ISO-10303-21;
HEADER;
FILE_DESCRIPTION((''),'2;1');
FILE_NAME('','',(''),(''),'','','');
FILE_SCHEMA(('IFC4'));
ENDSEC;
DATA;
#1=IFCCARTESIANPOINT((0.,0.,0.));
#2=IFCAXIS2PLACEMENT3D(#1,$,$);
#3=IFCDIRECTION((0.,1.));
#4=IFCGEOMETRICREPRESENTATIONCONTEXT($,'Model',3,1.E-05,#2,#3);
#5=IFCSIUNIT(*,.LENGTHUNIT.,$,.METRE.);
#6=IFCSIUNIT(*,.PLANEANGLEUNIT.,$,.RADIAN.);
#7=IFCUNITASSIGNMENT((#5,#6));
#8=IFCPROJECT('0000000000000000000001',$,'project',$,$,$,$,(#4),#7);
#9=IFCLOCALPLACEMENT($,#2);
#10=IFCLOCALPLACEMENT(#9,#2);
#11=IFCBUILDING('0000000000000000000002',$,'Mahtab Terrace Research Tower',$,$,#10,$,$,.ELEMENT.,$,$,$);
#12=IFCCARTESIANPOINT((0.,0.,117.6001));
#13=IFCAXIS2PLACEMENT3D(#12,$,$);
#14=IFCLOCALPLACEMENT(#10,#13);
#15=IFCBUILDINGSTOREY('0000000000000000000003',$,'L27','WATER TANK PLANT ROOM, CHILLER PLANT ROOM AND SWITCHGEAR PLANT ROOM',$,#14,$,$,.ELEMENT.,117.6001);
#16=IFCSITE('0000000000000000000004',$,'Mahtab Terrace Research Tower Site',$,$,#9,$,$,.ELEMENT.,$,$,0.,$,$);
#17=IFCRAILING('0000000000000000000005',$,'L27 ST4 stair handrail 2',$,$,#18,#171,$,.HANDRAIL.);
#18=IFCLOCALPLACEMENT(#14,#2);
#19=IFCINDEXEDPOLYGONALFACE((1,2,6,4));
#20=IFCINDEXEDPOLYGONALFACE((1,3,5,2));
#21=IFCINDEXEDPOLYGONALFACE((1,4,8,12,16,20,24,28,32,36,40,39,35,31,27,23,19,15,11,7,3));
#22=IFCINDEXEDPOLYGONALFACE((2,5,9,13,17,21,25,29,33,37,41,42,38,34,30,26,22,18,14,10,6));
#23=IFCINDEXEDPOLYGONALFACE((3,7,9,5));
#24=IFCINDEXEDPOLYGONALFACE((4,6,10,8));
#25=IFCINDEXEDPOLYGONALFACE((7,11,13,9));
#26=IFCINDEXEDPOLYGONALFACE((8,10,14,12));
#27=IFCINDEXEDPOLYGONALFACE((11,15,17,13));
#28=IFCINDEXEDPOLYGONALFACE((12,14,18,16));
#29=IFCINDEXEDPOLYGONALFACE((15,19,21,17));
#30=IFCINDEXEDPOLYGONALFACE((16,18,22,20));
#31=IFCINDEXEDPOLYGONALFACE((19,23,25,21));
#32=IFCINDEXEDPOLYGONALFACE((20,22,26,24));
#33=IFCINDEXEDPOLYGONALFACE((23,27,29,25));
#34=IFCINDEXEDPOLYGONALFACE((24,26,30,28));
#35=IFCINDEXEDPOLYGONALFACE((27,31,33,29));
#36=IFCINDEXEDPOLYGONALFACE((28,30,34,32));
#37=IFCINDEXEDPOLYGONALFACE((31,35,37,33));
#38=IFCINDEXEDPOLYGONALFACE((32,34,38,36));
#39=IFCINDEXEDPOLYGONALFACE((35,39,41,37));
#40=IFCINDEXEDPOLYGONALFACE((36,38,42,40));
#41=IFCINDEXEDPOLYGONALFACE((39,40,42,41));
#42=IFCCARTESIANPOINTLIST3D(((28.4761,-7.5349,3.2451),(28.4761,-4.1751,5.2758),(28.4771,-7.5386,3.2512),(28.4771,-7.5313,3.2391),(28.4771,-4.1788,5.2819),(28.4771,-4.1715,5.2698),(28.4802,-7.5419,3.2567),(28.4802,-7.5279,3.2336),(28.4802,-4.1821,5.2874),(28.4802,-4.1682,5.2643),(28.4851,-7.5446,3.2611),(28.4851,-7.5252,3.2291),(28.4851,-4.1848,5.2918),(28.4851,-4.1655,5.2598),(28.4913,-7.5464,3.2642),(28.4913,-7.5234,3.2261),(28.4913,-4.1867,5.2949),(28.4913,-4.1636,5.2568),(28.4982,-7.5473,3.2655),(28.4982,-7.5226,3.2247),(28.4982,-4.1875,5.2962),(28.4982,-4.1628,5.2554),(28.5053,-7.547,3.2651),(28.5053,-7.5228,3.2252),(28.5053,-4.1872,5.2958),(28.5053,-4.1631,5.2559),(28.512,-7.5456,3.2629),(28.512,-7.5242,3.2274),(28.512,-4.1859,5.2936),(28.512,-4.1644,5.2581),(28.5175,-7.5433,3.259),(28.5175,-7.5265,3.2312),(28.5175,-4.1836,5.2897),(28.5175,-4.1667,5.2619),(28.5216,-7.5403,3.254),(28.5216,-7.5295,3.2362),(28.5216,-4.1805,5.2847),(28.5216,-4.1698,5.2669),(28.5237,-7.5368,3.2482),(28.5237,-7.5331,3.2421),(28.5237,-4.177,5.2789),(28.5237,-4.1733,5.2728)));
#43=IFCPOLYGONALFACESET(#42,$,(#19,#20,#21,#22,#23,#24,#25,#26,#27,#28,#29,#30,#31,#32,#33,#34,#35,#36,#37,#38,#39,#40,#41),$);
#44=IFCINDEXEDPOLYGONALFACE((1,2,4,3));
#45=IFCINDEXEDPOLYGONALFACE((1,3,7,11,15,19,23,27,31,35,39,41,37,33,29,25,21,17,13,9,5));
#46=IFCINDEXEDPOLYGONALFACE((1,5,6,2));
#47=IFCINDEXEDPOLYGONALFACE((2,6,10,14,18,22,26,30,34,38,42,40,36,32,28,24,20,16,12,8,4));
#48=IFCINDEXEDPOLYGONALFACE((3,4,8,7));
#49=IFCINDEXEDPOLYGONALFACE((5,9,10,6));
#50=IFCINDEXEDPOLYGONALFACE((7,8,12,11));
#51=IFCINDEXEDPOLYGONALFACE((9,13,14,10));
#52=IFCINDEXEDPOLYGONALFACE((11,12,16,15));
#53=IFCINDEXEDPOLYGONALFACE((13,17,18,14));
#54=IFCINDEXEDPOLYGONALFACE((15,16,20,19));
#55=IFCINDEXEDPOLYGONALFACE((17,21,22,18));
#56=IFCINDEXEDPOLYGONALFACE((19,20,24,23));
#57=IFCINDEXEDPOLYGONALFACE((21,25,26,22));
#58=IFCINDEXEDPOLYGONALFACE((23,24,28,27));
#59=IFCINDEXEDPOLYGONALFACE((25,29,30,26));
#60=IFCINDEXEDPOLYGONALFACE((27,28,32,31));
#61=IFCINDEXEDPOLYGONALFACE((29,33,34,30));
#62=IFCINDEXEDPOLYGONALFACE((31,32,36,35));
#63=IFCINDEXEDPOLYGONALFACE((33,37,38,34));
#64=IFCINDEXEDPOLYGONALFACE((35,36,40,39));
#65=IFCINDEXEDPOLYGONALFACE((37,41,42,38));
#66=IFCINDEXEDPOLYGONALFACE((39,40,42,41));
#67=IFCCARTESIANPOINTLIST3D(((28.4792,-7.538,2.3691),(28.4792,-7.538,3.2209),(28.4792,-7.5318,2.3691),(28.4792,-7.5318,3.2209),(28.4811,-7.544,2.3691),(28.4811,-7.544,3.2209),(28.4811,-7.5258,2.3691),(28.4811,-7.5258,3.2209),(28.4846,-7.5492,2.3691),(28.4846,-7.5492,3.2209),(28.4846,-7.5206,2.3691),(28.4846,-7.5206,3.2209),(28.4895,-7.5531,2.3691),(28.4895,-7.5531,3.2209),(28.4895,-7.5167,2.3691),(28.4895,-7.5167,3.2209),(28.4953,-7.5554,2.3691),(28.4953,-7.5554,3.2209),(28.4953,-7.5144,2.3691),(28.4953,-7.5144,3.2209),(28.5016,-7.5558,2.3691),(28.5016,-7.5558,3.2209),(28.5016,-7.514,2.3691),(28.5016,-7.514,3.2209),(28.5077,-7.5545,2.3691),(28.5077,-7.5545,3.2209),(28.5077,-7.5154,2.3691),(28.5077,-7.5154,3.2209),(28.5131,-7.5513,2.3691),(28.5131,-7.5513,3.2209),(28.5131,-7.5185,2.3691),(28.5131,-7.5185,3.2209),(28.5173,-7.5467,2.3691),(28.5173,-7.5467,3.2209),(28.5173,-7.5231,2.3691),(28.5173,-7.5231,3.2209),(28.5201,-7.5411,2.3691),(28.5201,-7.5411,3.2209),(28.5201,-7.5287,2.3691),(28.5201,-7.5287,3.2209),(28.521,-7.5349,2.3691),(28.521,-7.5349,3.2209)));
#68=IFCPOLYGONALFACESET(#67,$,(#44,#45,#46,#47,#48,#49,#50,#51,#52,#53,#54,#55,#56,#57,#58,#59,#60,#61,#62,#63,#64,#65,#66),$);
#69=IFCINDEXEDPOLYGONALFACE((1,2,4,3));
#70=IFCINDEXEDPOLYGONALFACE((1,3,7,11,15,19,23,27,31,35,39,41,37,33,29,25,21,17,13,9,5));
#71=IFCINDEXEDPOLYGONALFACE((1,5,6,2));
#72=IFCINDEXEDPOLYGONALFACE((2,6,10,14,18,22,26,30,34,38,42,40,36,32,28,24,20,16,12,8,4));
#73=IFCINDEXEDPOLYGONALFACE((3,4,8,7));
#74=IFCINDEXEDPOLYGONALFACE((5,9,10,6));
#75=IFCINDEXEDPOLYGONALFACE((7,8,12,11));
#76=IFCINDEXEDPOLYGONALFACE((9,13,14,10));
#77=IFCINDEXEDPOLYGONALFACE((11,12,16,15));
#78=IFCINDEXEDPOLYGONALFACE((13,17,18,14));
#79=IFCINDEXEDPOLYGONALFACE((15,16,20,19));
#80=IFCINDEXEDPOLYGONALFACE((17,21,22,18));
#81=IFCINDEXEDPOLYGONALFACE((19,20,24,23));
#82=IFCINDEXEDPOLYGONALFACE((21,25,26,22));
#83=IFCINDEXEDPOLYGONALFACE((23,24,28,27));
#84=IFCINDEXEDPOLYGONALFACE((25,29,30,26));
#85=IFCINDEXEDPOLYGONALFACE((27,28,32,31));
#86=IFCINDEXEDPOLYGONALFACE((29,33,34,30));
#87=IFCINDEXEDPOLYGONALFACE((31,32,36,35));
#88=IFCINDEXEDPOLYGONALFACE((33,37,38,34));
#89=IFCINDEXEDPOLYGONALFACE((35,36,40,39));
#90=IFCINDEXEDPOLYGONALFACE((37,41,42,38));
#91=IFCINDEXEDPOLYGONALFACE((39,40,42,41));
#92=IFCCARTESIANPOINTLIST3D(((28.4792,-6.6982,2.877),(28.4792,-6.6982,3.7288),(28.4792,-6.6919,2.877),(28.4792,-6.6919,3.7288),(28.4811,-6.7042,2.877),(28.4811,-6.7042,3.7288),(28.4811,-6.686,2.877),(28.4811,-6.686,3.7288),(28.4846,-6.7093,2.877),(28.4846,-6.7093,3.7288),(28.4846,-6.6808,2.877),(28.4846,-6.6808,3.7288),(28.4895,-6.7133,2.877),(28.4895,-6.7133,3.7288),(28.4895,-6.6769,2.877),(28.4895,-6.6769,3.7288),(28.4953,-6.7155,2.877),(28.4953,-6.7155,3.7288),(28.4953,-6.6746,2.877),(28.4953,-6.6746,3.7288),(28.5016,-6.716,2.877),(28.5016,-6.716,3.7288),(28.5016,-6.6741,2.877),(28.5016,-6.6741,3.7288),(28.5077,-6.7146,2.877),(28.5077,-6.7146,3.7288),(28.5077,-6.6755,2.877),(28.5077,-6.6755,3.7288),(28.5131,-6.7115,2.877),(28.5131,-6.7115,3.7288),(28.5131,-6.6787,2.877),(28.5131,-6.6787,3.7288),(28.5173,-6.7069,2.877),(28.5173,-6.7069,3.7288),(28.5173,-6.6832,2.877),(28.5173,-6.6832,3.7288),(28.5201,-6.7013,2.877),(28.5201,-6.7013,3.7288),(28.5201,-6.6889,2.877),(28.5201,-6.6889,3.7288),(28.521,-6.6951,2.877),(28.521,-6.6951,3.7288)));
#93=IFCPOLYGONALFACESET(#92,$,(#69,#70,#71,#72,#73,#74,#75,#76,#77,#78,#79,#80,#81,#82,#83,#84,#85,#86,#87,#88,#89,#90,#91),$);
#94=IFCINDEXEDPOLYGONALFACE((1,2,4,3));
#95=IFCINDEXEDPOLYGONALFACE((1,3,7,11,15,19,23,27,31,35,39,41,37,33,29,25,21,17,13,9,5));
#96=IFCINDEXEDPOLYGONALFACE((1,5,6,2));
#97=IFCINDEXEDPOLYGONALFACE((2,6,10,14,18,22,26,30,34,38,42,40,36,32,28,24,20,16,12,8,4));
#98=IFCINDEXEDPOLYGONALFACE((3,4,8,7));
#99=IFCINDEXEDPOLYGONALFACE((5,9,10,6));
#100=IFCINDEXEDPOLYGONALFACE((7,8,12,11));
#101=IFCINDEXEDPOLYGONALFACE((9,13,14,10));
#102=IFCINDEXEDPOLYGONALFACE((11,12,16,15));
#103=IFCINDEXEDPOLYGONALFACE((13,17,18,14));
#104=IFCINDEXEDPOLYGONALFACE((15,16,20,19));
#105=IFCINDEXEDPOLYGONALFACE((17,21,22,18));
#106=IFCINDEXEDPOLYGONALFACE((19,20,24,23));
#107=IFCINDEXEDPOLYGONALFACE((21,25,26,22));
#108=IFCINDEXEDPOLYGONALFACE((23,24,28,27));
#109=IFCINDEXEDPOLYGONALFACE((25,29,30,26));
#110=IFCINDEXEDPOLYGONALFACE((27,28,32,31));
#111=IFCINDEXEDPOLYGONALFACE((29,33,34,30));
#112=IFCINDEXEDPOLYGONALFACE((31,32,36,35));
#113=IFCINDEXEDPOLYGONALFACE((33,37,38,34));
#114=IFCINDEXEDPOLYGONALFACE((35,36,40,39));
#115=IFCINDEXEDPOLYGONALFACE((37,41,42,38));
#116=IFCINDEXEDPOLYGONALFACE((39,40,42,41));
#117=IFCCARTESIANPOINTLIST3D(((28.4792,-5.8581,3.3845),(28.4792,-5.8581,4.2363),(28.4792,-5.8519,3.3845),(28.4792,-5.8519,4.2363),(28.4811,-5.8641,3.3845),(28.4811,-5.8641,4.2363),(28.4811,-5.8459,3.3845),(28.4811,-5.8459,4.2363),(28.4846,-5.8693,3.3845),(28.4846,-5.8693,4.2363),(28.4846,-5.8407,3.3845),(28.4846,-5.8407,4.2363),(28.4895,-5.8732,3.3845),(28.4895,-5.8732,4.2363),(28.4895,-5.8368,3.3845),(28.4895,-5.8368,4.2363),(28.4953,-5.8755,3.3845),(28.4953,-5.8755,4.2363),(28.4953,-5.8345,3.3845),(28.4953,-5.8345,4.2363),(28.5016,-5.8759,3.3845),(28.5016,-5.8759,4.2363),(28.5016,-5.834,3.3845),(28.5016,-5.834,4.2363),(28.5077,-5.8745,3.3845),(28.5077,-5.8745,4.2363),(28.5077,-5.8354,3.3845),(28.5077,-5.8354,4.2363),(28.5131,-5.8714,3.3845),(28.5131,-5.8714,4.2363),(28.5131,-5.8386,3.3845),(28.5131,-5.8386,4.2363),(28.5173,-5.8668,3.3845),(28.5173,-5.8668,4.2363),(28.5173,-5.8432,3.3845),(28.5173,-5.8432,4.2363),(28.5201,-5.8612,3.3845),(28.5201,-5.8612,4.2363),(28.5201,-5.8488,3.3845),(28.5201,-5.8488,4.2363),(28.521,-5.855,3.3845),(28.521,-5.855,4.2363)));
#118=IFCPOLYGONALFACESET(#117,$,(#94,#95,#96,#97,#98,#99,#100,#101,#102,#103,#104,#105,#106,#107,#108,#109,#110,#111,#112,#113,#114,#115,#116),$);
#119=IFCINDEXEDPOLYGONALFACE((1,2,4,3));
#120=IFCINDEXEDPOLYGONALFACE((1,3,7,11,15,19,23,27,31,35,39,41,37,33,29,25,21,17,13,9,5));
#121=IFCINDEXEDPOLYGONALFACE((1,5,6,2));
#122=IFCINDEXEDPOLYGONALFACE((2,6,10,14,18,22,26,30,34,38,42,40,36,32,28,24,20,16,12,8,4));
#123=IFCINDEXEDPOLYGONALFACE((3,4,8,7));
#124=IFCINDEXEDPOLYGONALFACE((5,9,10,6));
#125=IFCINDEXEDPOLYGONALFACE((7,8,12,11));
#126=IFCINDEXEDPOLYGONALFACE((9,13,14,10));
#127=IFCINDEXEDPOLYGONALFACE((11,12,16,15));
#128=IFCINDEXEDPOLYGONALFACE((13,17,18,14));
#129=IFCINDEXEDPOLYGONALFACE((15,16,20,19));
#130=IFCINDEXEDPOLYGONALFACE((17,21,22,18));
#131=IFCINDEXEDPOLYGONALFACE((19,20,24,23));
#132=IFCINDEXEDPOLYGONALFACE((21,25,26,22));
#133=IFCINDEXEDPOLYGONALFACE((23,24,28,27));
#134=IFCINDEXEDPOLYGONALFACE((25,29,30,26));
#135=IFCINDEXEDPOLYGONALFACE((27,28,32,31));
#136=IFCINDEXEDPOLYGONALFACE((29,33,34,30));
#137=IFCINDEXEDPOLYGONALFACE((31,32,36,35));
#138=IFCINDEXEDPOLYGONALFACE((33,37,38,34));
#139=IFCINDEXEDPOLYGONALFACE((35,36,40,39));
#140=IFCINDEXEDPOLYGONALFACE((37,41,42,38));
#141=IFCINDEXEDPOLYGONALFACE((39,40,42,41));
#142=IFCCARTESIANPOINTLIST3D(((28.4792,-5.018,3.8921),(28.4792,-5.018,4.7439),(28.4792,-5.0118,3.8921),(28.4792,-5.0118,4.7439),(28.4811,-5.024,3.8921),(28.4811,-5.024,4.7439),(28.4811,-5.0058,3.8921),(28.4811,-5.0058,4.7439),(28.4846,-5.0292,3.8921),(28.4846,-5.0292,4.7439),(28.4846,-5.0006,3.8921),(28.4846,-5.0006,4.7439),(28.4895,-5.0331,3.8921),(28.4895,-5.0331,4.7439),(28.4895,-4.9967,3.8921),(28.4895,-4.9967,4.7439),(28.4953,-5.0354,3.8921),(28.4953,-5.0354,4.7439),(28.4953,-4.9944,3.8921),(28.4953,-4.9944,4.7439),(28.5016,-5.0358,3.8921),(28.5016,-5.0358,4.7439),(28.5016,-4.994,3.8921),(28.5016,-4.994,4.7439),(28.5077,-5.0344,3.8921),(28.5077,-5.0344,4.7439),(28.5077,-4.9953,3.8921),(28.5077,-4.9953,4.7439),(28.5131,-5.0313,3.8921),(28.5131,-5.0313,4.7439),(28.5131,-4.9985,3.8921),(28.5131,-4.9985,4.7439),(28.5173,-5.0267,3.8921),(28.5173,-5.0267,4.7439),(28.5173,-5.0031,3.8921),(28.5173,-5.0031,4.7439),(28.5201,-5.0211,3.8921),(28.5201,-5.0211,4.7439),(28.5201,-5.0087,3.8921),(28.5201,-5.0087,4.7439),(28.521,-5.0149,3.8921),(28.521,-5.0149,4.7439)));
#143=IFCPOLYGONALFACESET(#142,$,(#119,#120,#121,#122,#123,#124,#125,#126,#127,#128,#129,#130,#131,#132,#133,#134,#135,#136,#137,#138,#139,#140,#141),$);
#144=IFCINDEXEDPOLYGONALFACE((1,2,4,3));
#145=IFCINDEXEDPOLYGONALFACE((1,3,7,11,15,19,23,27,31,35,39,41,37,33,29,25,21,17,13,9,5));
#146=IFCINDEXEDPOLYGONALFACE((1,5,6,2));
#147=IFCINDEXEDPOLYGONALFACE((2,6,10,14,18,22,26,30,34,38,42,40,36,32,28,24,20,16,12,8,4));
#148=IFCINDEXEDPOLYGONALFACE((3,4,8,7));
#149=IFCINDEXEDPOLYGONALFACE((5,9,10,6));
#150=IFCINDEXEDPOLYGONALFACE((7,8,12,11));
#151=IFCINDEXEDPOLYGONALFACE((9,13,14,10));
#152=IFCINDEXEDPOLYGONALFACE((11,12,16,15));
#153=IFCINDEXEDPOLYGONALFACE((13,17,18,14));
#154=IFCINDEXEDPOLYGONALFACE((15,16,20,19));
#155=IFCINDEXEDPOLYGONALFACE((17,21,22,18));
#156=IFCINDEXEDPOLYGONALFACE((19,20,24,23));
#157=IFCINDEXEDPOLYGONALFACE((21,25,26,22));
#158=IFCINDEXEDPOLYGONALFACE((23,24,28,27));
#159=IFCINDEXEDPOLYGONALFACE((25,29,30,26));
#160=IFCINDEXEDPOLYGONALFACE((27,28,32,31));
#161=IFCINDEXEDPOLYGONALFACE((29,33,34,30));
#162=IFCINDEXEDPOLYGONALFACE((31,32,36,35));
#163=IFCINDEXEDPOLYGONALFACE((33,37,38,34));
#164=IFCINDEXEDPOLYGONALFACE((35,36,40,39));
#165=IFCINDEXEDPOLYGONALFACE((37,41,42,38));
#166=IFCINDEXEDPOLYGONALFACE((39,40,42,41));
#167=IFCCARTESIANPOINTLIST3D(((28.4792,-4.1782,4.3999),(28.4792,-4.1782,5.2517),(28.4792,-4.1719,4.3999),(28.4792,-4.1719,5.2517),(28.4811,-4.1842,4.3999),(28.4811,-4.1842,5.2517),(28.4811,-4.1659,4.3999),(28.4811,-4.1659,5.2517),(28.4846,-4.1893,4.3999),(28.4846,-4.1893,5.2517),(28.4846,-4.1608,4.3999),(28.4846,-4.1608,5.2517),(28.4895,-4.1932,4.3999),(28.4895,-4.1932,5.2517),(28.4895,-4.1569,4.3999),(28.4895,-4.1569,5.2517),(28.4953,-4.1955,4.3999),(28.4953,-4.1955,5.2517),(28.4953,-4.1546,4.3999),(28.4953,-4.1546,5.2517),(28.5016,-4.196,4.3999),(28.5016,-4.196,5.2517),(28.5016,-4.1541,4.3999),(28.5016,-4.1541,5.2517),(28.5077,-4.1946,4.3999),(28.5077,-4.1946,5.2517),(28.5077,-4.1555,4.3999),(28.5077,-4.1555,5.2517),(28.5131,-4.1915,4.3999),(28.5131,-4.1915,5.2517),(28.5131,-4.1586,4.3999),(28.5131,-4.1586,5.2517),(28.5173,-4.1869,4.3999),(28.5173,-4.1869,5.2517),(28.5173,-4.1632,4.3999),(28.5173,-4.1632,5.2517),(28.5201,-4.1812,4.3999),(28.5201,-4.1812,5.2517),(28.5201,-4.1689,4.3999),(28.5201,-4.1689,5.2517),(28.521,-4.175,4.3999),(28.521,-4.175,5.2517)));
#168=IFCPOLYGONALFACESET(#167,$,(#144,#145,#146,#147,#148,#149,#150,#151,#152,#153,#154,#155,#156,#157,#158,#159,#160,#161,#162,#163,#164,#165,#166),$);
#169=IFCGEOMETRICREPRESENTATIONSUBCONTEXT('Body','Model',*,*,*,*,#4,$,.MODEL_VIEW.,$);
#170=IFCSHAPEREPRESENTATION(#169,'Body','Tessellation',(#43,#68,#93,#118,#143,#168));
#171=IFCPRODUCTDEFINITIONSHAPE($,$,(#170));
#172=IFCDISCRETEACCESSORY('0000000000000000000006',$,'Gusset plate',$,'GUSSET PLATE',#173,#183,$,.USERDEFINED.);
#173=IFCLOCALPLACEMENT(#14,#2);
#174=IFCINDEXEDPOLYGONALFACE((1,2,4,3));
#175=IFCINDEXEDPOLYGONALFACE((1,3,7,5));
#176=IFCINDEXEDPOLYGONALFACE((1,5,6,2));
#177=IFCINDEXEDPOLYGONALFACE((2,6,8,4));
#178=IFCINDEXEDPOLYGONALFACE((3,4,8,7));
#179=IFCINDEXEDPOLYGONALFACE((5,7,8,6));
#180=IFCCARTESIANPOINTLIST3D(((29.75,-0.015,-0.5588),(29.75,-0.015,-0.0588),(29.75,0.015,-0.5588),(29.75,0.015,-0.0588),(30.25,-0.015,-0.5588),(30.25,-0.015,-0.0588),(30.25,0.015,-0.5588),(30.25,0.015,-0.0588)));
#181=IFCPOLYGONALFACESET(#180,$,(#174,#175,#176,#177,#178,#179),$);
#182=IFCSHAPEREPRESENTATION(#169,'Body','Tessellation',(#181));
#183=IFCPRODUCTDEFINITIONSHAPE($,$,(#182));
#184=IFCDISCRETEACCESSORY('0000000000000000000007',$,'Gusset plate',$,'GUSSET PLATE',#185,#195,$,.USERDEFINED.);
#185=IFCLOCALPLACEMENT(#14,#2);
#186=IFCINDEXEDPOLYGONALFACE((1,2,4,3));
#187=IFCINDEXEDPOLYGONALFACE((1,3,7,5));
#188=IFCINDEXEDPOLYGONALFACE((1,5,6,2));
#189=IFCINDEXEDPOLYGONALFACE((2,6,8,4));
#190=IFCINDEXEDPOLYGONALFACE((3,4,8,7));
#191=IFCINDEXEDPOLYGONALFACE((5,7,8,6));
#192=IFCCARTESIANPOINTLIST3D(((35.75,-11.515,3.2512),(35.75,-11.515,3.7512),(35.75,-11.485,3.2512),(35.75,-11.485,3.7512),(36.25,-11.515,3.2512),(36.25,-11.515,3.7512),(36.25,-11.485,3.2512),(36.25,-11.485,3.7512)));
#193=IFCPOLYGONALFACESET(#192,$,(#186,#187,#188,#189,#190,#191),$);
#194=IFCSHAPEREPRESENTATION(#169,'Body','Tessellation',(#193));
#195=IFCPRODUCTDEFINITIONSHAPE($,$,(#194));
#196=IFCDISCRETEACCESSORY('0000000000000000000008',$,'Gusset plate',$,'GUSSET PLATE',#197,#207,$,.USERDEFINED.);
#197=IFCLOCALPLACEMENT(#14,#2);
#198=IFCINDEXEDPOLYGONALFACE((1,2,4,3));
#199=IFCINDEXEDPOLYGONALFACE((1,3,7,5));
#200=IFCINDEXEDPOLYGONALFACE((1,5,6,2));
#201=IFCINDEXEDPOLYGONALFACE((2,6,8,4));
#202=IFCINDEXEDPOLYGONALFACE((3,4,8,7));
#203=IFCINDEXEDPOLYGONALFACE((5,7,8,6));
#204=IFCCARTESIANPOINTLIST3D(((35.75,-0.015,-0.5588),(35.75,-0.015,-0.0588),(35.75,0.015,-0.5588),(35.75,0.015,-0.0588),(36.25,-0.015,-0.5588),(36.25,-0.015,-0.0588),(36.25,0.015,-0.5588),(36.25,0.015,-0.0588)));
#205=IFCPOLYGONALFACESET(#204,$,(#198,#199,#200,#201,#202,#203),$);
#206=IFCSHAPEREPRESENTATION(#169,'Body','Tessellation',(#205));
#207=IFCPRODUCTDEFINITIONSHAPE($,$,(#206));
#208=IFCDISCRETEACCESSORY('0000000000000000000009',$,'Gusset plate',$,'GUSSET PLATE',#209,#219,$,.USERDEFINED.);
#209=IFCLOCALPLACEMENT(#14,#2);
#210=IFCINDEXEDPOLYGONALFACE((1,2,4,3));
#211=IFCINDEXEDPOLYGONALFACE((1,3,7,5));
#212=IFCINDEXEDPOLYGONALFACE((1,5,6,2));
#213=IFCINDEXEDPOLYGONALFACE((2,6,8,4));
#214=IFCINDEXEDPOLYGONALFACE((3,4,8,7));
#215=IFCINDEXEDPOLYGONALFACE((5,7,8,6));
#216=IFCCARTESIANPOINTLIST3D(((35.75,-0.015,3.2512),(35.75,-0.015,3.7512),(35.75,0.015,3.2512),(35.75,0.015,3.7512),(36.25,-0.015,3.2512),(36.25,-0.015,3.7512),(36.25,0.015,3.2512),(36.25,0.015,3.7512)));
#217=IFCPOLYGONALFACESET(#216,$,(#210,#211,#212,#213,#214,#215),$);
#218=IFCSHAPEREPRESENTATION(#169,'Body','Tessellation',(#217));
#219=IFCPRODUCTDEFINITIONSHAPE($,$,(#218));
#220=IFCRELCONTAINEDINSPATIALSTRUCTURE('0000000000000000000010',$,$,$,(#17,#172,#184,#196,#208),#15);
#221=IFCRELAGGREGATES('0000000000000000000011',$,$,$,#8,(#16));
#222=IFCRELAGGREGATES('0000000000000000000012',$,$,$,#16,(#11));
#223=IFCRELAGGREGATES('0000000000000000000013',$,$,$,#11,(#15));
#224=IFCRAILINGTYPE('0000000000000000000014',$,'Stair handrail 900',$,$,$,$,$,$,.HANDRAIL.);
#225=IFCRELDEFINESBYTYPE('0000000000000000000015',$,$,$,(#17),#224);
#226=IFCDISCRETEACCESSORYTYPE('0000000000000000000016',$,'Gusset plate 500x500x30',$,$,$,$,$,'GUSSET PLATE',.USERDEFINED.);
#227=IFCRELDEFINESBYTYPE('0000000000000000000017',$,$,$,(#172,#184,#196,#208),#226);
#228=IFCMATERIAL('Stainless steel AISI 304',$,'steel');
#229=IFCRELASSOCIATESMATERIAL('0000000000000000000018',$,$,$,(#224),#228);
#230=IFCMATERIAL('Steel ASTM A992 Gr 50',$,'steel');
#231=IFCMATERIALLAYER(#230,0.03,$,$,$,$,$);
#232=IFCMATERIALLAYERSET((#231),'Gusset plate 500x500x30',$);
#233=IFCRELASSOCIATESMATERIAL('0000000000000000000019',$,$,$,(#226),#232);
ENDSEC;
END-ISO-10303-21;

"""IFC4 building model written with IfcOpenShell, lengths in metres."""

from ifc_helpers import new_model, si_unit, direction, frame, origin, origin_2d, place, context, subcontext, project, spatial, rectangle, circle, extrude, material, layer, layer_set, type_object, element, save


model = new_model("IFC4")

# Units and contexts
model_context = context("Model", 3, precision=1e-05, world=origin(), true_north=direction((0.0, 1.0)))
body_context = subcontext(model_context, "Body", "Model", "MODEL_VIEW")
ifc_project = project(units=[si_unit("LENGTHUNIT", "METRE"), si_unit("PLANEANGLEUNIT", "RADIAN")], contexts=[model_context])

# Site, building, storey
site_placement = place(None, origin())
site = spatial("IfcSite", under=ifc_project, at=site_placement, Name="Mahtab Terrace Research Tower Site", CompositionType="ELEMENT", RefElevation=0.0)
building_placement = place(site_placement, origin())
building = spatial("IfcBuilding", under=site, at=building_placement, Name="Mahtab Terrace Research Tower", CompositionType="ELEMENT")
storey_placement = place(building_placement, frame((0.0, 0.0, 117.6001)))
storey = spatial("IfcBuildingStorey", under=building, at=storey_placement, Name="L27", Description="WATER TANK PLANT ROOM, CHILLER PLANT ROOM AND SWITCHGEAR PLANT ROOM", CompositionType="ELEMENT", Elevation=117.6001)

# Shared definitions
ifc_material_1 = material(Name="Steel ASTM A992 Gr 50", Category="steel")

# Railing
ifc_material_2 = material(Name="Stainless steel AISI 304", Category="steel")
railing_type_1 = type_object("IfcRailingType", Name="Stair handrail 900", PredefinedType="HANDRAIL", material=ifc_material_2)
railing_1_placement = place(storey_placement, frame((28.5, -7.5349, 2.3691)))
element("IfcRailing", 1, at=railing_1_placement, inside=storey, type_object=railing_type_1, Name="L27 ST4 stair handrail 2", PredefinedType="HANDRAIL", context=body_context, shape_type="SweptSolid", body=[
    extrude(circle(Radius=0.0239, at=origin_2d()), frame((0.0, 0.0, 0.876), z_axis=(0.0, 0.85582, 0.517273), x_axis=(-1.0, 0.0, 0.0)), (0.0, 0.0, 1.0), 3.9258),
    extrude(circle(Radius=0.021, at=origin_2d()), origin(), (0.0, 0.0, 1.0), 0.8518),
    extrude(circle(Radius=0.021, at=origin_2d()), frame((0.0, 0.8398, 0.5078)), (0.0, 0.0, 1.0), 0.8518),
    extrude(circle(Radius=0.021, at=origin_2d()), frame((0.0, 1.6799, 1.0154)), (0.0, 0.0, 1.0), 0.8518),
    extrude(circle(Radius=0.021, at=origin_2d()), frame((0.0, 2.52, 1.5229)), (0.0, 0.0, 1.0), 0.8518),
    extrude(circle(Radius=0.021, at=origin_2d()), frame((0.0, 3.3599, 2.0308)), (0.0, 0.0, 1.0), 0.8518),
])

# Discrete accessories
ifc_layer_1 = layer(ifc_material_1, 0.03)
ifc_layer_set_1 = layer_set([ifc_layer_1], Name="Gusset plate 500x500x30")
discrete_accessory_type = type_object("IfcDiscreteAccessoryType", Name="Gusset plate 500x500x30", ElementType="GUSSET PLATE", PredefinedType="USERDEFINED", material=ifc_layer_set_1)
for number, where, z_axis, x_axis, name in (
    (2, (30.0, 0.0, -0.5588), (0.0, 0.0, 1.0), (1.0, 0.0, 0.0), "Gusset plate"),
    (3, (36.0, -11.5, 3.2512), (0.0, 0.0, 1.0), (1.0, 0.0, 0.0), "Gusset plate"),
    (4, (36.0, 0.0, -0.5588), (0.0, 0.0, 1.0), (1.0, 0.0, 0.0), "Gusset plate"),
    (5, (36.0, 0.0, 3.2512), (0.0, 0.0, 1.0), (1.0, 0.0, 0.0), "Gusset plate"),
):
    element("IfcDiscreteAccessory", number, at=place(storey_placement, frame(where, z_axis=z_axis, x_axis=x_axis)), inside=storey, type_object=discrete_accessory_type, Name=name, ObjectType="GUSSET PLATE", PredefinedType="USERDEFINED", context=body_context, shape_type="SweptSolid", body=[
        extrude(rectangle(XDim=0.5, YDim=0.03, at=origin_2d()), origin(), (0.0, 0.0, 1.0), 0.5),
    ])

save(model, "model.ifc")
